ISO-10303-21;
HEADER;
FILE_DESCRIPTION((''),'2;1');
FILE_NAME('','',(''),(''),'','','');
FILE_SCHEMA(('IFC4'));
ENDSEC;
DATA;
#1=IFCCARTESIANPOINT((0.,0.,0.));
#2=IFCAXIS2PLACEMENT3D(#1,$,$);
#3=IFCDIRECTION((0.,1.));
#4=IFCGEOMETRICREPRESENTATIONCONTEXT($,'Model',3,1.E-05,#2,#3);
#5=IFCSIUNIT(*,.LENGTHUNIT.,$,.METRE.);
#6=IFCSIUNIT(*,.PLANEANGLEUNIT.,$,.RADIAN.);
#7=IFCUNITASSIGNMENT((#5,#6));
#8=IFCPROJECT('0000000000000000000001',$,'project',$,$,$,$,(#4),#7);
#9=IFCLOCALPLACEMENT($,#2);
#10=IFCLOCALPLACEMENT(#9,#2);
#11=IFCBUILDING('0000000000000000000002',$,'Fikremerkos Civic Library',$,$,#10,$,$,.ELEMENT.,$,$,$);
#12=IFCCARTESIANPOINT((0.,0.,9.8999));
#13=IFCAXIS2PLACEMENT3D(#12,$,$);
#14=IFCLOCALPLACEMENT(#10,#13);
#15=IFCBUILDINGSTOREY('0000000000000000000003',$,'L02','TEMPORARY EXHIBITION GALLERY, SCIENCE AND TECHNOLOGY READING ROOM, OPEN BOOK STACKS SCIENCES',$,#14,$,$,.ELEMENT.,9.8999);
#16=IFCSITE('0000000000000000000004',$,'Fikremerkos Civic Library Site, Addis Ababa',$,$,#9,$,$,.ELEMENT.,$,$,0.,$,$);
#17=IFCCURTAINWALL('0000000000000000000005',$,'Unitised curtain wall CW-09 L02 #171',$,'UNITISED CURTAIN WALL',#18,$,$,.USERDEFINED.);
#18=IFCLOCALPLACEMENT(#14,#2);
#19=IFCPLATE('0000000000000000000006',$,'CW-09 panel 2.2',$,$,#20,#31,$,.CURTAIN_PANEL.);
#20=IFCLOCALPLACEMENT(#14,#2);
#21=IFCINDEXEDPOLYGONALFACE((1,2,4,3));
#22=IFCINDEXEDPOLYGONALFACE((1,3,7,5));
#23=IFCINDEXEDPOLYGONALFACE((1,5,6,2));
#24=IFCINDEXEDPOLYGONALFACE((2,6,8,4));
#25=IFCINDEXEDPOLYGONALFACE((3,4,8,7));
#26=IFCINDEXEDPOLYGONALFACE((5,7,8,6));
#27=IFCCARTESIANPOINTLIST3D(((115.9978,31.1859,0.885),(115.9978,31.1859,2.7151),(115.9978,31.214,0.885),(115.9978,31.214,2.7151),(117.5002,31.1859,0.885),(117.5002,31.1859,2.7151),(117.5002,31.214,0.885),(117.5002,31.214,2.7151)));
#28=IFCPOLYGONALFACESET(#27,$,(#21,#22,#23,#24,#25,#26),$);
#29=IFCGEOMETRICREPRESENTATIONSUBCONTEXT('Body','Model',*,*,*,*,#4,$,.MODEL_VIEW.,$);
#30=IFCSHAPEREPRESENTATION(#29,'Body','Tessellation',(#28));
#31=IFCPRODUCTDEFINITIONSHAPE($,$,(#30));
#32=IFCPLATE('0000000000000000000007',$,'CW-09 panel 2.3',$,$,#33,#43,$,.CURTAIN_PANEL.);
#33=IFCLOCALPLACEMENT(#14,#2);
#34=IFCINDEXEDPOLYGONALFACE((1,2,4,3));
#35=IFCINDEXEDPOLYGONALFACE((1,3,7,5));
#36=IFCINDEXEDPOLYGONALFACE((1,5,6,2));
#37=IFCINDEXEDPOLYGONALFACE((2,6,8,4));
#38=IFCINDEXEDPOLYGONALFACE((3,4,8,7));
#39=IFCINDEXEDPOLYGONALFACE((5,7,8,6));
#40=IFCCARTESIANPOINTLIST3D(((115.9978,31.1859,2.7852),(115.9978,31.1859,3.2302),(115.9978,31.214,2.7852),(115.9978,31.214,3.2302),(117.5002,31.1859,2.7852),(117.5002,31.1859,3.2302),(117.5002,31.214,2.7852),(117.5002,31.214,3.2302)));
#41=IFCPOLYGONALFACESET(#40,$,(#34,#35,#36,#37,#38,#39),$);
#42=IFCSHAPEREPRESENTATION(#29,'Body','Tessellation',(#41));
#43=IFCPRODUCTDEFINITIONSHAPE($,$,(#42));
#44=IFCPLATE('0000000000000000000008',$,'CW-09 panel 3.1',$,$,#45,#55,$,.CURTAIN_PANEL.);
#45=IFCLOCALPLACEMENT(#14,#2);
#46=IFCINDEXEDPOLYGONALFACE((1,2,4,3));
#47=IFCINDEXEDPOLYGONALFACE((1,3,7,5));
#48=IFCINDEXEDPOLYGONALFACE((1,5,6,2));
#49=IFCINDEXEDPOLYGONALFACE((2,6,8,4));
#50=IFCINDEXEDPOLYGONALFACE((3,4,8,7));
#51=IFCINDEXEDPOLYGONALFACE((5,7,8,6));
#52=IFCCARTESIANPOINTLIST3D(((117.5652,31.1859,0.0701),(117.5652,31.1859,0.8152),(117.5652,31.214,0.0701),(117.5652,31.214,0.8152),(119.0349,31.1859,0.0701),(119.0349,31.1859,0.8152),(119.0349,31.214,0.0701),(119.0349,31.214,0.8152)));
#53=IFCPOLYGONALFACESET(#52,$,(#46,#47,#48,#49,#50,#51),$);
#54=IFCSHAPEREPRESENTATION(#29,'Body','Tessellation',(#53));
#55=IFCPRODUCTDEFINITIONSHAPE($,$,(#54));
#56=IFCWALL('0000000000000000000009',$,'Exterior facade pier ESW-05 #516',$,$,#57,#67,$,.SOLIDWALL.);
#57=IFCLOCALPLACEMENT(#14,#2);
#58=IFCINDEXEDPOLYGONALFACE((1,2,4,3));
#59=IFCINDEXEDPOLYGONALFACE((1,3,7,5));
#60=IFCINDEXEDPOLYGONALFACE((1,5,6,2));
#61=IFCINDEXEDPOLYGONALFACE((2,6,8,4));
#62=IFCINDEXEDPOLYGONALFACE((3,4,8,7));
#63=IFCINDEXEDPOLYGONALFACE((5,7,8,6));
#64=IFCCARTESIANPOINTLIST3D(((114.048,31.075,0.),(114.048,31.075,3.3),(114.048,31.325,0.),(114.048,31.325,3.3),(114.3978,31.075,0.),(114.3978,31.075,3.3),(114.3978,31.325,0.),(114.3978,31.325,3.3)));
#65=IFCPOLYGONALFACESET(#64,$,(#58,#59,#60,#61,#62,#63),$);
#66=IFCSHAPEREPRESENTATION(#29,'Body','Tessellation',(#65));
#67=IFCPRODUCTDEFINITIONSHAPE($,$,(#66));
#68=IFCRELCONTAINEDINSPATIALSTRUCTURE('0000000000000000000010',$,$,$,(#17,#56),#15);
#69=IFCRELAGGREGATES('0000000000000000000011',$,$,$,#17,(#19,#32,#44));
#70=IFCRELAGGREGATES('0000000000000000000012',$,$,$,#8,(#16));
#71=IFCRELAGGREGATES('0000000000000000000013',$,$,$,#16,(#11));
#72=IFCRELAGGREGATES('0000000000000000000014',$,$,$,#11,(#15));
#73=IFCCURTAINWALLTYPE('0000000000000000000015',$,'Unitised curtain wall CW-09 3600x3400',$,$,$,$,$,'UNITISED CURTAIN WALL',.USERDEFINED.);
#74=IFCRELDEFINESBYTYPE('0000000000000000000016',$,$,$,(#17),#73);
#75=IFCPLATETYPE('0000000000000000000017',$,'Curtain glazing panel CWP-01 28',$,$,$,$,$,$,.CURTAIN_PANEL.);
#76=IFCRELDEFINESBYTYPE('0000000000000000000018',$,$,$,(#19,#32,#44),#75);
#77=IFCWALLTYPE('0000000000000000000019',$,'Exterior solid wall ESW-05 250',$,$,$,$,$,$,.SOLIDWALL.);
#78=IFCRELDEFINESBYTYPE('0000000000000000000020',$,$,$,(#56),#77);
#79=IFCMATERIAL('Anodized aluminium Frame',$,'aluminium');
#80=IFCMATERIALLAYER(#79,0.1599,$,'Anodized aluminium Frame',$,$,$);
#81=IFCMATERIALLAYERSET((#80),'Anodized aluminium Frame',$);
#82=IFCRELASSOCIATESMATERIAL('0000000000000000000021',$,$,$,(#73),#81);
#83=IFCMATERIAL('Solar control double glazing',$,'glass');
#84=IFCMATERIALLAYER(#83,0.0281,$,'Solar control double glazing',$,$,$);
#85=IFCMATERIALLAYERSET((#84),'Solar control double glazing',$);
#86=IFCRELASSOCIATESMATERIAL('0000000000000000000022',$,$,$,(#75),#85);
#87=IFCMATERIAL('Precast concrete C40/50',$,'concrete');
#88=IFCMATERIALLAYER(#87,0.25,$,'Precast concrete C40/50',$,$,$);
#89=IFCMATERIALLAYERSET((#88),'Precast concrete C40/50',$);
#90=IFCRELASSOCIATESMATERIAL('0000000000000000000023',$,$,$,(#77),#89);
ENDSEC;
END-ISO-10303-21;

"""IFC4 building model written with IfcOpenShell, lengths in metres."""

from ifc_helpers import new_model, si_unit, direction, frame, frame_2d, origin, origin_2d, place, context, subcontext, project, spatial, rectangle, extrude, material, layer, layer_set, type_object, element, aggregate, save


model = new_model("IFC4")

# Units and contexts
model_context = context("Model", 3, precision=1e-05, world=origin(), true_north=direction((0.0, 1.0)))
body_context = subcontext(model_context, "Body", "Model", "MODEL_VIEW")
ifc_project = project(units=[si_unit("LENGTHUNIT", "METRE"), si_unit("PLANEANGLEUNIT", "RADIAN")], contexts=[model_context])

# Site, building, storey
site_placement = place(None, origin())
site = spatial("IfcSite", under=ifc_project, at=site_placement, Name="Fikremerkos Civic Library Site, Addis Ababa", CompositionType="ELEMENT", RefElevation=0.0)
building_placement = place(site_placement, origin())
building = spatial("IfcBuilding", under=site, at=building_placement, Name="Fikremerkos Civic Library", CompositionType="ELEMENT")
storey_placement = place(building_placement, frame((0.0, 0.0, 9.8999)))
storey = spatial("IfcBuildingStorey", under=building, at=storey_placement, Name="L02", Description="TEMPORARY EXHIBITION GALLERY, SCIENCE AND TECHNOLOGY READING ROOM, OPEN BOOK STACKS SCIENCES", CompositionType="ELEMENT", Elevation=9.8999)

# Curtain wall
ifc_material_1 = material(Name="Anodized aluminium Frame", Category="aluminium")
ifc_layer_1 = layer(ifc_material_1, 0.1599, Name="Anodized aluminium Frame")
ifc_layer_set_1 = layer_set([ifc_layer_1], Name="Anodized aluminium Frame")
curtain_wall_type = type_object("IfcCurtainWallType", Name="Unitised curtain wall CW-09 3600x3400", ElementType="UNITISED CURTAIN WALL", PredefinedType="USERDEFINED", material=ifc_layer_set_1)
curtain_wall_placement = place(storey_placement, origin())
curtain_wall = element("IfcCurtainWall", 1, at=curtain_wall_placement, inside=storey, type_object=curtain_wall_type, Name="Unitised curtain wall CW-09 L02 #171", ObjectType="UNITISED CURTAIN WALL", PredefinedType="USERDEFINED")

# Plates
ifc_material_2 = material(Name="Solar control double glazing", Category="glass")
ifc_layer_2 = layer(ifc_material_2, 0.0281, Name="Solar control double glazing")
ifc_layer_set_2 = layer_set([ifc_layer_2], Name="Solar control double glazing")
plate_type = type_object("IfcPlateType", Name="Curtain glazing panel CWP-01 28", PredefinedType="CURTAIN_PANEL", material=ifc_layer_set_2)
plate_1_placement = place(storey_placement, frame((116.749, 31.2, 0.885), z_axis=(0.0, 0.0, 1.0), x_axis=(1.0, 0.0, 0.0)))
plate_1 = element("IfcPlate", 2, at=plate_1_placement, type_object=plate_type, Name="CW-09 panel 2.2", PredefinedType="CURTAIN_PANEL", context=body_context, shape_type="SweptSolid", body=[
    extrude(rectangle(XDim=1.5024, YDim=0.0281, at=origin_2d()), origin(), (0.0, 0.0, 1.0), 1.8301),
])
plate_2_placement = place(storey_placement, frame((116.749, 31.2, 2.7852), z_axis=(0.0, 0.0, 1.0), x_axis=(1.0, 0.0, 0.0)))
plate_2 = element("IfcPlate", 3, at=plate_2_placement, type_object=plate_type, Name="CW-09 panel 2.3", PredefinedType="CURTAIN_PANEL", context=body_context, shape_type="SweptSolid", body=[
    extrude(rectangle(XDim=1.5024, YDim=0.0281, at=origin_2d()), origin(), (0.0, 0.0, 1.0), 0.4451),
])
plate_3_placement = place(storey_placement, frame((118.3, 31.2, 0.0701), z_axis=(0.0, 0.0, 1.0), x_axis=(1.0, 0.0, 0.0)))
plate_3 = element("IfcPlate", 4, at=plate_3_placement, type_object=plate_type, Name="CW-09 panel 3.1", PredefinedType="CURTAIN_PANEL", context=body_context, shape_type="SweptSolid", body=[
    extrude(rectangle(XDim=1.4697, YDim=0.0281, at=origin_2d()), origin(), (0.0, 0.0, 1.0), 0.7451),
])
aggregate(curtain_wall, [plate_1, plate_2, plate_3])

# Wall
ifc_material_3 = material(Name="Precast concrete C40/50", Category="concrete")
ifc_layer_3 = layer(ifc_material_3, 0.25, Name="Precast concrete C40/50")
ifc_layer_set_3 = layer_set([ifc_layer_3], Name="Precast concrete C40/50")
wall_type = type_object("IfcWallType", Name="Exterior solid wall ESW-05 250", PredefinedType="SOLIDWALL", material=ifc_layer_set_3)
wall_placement = place(storey_placement, frame((114.0481, 31.2, 0.0), z_axis=(0.0, 0.0, 1.0), x_axis=(1.0, 0.0, 0.0)))
element("IfcWall", 5, at=wall_placement, inside=storey, type_object=wall_type, Name="Exterior facade pier ESW-05 #516", PredefinedType="SOLIDWALL", context=body_context, shape_type="SweptSolid", body=[
    extrude(rectangle(XDim=0.3499, YDim=0.25, at=frame_2d((0.1748, 0.0))), origin(), (0.0, 0.0, 1.0), 3.3),
])

save(model, "model.ifc")
